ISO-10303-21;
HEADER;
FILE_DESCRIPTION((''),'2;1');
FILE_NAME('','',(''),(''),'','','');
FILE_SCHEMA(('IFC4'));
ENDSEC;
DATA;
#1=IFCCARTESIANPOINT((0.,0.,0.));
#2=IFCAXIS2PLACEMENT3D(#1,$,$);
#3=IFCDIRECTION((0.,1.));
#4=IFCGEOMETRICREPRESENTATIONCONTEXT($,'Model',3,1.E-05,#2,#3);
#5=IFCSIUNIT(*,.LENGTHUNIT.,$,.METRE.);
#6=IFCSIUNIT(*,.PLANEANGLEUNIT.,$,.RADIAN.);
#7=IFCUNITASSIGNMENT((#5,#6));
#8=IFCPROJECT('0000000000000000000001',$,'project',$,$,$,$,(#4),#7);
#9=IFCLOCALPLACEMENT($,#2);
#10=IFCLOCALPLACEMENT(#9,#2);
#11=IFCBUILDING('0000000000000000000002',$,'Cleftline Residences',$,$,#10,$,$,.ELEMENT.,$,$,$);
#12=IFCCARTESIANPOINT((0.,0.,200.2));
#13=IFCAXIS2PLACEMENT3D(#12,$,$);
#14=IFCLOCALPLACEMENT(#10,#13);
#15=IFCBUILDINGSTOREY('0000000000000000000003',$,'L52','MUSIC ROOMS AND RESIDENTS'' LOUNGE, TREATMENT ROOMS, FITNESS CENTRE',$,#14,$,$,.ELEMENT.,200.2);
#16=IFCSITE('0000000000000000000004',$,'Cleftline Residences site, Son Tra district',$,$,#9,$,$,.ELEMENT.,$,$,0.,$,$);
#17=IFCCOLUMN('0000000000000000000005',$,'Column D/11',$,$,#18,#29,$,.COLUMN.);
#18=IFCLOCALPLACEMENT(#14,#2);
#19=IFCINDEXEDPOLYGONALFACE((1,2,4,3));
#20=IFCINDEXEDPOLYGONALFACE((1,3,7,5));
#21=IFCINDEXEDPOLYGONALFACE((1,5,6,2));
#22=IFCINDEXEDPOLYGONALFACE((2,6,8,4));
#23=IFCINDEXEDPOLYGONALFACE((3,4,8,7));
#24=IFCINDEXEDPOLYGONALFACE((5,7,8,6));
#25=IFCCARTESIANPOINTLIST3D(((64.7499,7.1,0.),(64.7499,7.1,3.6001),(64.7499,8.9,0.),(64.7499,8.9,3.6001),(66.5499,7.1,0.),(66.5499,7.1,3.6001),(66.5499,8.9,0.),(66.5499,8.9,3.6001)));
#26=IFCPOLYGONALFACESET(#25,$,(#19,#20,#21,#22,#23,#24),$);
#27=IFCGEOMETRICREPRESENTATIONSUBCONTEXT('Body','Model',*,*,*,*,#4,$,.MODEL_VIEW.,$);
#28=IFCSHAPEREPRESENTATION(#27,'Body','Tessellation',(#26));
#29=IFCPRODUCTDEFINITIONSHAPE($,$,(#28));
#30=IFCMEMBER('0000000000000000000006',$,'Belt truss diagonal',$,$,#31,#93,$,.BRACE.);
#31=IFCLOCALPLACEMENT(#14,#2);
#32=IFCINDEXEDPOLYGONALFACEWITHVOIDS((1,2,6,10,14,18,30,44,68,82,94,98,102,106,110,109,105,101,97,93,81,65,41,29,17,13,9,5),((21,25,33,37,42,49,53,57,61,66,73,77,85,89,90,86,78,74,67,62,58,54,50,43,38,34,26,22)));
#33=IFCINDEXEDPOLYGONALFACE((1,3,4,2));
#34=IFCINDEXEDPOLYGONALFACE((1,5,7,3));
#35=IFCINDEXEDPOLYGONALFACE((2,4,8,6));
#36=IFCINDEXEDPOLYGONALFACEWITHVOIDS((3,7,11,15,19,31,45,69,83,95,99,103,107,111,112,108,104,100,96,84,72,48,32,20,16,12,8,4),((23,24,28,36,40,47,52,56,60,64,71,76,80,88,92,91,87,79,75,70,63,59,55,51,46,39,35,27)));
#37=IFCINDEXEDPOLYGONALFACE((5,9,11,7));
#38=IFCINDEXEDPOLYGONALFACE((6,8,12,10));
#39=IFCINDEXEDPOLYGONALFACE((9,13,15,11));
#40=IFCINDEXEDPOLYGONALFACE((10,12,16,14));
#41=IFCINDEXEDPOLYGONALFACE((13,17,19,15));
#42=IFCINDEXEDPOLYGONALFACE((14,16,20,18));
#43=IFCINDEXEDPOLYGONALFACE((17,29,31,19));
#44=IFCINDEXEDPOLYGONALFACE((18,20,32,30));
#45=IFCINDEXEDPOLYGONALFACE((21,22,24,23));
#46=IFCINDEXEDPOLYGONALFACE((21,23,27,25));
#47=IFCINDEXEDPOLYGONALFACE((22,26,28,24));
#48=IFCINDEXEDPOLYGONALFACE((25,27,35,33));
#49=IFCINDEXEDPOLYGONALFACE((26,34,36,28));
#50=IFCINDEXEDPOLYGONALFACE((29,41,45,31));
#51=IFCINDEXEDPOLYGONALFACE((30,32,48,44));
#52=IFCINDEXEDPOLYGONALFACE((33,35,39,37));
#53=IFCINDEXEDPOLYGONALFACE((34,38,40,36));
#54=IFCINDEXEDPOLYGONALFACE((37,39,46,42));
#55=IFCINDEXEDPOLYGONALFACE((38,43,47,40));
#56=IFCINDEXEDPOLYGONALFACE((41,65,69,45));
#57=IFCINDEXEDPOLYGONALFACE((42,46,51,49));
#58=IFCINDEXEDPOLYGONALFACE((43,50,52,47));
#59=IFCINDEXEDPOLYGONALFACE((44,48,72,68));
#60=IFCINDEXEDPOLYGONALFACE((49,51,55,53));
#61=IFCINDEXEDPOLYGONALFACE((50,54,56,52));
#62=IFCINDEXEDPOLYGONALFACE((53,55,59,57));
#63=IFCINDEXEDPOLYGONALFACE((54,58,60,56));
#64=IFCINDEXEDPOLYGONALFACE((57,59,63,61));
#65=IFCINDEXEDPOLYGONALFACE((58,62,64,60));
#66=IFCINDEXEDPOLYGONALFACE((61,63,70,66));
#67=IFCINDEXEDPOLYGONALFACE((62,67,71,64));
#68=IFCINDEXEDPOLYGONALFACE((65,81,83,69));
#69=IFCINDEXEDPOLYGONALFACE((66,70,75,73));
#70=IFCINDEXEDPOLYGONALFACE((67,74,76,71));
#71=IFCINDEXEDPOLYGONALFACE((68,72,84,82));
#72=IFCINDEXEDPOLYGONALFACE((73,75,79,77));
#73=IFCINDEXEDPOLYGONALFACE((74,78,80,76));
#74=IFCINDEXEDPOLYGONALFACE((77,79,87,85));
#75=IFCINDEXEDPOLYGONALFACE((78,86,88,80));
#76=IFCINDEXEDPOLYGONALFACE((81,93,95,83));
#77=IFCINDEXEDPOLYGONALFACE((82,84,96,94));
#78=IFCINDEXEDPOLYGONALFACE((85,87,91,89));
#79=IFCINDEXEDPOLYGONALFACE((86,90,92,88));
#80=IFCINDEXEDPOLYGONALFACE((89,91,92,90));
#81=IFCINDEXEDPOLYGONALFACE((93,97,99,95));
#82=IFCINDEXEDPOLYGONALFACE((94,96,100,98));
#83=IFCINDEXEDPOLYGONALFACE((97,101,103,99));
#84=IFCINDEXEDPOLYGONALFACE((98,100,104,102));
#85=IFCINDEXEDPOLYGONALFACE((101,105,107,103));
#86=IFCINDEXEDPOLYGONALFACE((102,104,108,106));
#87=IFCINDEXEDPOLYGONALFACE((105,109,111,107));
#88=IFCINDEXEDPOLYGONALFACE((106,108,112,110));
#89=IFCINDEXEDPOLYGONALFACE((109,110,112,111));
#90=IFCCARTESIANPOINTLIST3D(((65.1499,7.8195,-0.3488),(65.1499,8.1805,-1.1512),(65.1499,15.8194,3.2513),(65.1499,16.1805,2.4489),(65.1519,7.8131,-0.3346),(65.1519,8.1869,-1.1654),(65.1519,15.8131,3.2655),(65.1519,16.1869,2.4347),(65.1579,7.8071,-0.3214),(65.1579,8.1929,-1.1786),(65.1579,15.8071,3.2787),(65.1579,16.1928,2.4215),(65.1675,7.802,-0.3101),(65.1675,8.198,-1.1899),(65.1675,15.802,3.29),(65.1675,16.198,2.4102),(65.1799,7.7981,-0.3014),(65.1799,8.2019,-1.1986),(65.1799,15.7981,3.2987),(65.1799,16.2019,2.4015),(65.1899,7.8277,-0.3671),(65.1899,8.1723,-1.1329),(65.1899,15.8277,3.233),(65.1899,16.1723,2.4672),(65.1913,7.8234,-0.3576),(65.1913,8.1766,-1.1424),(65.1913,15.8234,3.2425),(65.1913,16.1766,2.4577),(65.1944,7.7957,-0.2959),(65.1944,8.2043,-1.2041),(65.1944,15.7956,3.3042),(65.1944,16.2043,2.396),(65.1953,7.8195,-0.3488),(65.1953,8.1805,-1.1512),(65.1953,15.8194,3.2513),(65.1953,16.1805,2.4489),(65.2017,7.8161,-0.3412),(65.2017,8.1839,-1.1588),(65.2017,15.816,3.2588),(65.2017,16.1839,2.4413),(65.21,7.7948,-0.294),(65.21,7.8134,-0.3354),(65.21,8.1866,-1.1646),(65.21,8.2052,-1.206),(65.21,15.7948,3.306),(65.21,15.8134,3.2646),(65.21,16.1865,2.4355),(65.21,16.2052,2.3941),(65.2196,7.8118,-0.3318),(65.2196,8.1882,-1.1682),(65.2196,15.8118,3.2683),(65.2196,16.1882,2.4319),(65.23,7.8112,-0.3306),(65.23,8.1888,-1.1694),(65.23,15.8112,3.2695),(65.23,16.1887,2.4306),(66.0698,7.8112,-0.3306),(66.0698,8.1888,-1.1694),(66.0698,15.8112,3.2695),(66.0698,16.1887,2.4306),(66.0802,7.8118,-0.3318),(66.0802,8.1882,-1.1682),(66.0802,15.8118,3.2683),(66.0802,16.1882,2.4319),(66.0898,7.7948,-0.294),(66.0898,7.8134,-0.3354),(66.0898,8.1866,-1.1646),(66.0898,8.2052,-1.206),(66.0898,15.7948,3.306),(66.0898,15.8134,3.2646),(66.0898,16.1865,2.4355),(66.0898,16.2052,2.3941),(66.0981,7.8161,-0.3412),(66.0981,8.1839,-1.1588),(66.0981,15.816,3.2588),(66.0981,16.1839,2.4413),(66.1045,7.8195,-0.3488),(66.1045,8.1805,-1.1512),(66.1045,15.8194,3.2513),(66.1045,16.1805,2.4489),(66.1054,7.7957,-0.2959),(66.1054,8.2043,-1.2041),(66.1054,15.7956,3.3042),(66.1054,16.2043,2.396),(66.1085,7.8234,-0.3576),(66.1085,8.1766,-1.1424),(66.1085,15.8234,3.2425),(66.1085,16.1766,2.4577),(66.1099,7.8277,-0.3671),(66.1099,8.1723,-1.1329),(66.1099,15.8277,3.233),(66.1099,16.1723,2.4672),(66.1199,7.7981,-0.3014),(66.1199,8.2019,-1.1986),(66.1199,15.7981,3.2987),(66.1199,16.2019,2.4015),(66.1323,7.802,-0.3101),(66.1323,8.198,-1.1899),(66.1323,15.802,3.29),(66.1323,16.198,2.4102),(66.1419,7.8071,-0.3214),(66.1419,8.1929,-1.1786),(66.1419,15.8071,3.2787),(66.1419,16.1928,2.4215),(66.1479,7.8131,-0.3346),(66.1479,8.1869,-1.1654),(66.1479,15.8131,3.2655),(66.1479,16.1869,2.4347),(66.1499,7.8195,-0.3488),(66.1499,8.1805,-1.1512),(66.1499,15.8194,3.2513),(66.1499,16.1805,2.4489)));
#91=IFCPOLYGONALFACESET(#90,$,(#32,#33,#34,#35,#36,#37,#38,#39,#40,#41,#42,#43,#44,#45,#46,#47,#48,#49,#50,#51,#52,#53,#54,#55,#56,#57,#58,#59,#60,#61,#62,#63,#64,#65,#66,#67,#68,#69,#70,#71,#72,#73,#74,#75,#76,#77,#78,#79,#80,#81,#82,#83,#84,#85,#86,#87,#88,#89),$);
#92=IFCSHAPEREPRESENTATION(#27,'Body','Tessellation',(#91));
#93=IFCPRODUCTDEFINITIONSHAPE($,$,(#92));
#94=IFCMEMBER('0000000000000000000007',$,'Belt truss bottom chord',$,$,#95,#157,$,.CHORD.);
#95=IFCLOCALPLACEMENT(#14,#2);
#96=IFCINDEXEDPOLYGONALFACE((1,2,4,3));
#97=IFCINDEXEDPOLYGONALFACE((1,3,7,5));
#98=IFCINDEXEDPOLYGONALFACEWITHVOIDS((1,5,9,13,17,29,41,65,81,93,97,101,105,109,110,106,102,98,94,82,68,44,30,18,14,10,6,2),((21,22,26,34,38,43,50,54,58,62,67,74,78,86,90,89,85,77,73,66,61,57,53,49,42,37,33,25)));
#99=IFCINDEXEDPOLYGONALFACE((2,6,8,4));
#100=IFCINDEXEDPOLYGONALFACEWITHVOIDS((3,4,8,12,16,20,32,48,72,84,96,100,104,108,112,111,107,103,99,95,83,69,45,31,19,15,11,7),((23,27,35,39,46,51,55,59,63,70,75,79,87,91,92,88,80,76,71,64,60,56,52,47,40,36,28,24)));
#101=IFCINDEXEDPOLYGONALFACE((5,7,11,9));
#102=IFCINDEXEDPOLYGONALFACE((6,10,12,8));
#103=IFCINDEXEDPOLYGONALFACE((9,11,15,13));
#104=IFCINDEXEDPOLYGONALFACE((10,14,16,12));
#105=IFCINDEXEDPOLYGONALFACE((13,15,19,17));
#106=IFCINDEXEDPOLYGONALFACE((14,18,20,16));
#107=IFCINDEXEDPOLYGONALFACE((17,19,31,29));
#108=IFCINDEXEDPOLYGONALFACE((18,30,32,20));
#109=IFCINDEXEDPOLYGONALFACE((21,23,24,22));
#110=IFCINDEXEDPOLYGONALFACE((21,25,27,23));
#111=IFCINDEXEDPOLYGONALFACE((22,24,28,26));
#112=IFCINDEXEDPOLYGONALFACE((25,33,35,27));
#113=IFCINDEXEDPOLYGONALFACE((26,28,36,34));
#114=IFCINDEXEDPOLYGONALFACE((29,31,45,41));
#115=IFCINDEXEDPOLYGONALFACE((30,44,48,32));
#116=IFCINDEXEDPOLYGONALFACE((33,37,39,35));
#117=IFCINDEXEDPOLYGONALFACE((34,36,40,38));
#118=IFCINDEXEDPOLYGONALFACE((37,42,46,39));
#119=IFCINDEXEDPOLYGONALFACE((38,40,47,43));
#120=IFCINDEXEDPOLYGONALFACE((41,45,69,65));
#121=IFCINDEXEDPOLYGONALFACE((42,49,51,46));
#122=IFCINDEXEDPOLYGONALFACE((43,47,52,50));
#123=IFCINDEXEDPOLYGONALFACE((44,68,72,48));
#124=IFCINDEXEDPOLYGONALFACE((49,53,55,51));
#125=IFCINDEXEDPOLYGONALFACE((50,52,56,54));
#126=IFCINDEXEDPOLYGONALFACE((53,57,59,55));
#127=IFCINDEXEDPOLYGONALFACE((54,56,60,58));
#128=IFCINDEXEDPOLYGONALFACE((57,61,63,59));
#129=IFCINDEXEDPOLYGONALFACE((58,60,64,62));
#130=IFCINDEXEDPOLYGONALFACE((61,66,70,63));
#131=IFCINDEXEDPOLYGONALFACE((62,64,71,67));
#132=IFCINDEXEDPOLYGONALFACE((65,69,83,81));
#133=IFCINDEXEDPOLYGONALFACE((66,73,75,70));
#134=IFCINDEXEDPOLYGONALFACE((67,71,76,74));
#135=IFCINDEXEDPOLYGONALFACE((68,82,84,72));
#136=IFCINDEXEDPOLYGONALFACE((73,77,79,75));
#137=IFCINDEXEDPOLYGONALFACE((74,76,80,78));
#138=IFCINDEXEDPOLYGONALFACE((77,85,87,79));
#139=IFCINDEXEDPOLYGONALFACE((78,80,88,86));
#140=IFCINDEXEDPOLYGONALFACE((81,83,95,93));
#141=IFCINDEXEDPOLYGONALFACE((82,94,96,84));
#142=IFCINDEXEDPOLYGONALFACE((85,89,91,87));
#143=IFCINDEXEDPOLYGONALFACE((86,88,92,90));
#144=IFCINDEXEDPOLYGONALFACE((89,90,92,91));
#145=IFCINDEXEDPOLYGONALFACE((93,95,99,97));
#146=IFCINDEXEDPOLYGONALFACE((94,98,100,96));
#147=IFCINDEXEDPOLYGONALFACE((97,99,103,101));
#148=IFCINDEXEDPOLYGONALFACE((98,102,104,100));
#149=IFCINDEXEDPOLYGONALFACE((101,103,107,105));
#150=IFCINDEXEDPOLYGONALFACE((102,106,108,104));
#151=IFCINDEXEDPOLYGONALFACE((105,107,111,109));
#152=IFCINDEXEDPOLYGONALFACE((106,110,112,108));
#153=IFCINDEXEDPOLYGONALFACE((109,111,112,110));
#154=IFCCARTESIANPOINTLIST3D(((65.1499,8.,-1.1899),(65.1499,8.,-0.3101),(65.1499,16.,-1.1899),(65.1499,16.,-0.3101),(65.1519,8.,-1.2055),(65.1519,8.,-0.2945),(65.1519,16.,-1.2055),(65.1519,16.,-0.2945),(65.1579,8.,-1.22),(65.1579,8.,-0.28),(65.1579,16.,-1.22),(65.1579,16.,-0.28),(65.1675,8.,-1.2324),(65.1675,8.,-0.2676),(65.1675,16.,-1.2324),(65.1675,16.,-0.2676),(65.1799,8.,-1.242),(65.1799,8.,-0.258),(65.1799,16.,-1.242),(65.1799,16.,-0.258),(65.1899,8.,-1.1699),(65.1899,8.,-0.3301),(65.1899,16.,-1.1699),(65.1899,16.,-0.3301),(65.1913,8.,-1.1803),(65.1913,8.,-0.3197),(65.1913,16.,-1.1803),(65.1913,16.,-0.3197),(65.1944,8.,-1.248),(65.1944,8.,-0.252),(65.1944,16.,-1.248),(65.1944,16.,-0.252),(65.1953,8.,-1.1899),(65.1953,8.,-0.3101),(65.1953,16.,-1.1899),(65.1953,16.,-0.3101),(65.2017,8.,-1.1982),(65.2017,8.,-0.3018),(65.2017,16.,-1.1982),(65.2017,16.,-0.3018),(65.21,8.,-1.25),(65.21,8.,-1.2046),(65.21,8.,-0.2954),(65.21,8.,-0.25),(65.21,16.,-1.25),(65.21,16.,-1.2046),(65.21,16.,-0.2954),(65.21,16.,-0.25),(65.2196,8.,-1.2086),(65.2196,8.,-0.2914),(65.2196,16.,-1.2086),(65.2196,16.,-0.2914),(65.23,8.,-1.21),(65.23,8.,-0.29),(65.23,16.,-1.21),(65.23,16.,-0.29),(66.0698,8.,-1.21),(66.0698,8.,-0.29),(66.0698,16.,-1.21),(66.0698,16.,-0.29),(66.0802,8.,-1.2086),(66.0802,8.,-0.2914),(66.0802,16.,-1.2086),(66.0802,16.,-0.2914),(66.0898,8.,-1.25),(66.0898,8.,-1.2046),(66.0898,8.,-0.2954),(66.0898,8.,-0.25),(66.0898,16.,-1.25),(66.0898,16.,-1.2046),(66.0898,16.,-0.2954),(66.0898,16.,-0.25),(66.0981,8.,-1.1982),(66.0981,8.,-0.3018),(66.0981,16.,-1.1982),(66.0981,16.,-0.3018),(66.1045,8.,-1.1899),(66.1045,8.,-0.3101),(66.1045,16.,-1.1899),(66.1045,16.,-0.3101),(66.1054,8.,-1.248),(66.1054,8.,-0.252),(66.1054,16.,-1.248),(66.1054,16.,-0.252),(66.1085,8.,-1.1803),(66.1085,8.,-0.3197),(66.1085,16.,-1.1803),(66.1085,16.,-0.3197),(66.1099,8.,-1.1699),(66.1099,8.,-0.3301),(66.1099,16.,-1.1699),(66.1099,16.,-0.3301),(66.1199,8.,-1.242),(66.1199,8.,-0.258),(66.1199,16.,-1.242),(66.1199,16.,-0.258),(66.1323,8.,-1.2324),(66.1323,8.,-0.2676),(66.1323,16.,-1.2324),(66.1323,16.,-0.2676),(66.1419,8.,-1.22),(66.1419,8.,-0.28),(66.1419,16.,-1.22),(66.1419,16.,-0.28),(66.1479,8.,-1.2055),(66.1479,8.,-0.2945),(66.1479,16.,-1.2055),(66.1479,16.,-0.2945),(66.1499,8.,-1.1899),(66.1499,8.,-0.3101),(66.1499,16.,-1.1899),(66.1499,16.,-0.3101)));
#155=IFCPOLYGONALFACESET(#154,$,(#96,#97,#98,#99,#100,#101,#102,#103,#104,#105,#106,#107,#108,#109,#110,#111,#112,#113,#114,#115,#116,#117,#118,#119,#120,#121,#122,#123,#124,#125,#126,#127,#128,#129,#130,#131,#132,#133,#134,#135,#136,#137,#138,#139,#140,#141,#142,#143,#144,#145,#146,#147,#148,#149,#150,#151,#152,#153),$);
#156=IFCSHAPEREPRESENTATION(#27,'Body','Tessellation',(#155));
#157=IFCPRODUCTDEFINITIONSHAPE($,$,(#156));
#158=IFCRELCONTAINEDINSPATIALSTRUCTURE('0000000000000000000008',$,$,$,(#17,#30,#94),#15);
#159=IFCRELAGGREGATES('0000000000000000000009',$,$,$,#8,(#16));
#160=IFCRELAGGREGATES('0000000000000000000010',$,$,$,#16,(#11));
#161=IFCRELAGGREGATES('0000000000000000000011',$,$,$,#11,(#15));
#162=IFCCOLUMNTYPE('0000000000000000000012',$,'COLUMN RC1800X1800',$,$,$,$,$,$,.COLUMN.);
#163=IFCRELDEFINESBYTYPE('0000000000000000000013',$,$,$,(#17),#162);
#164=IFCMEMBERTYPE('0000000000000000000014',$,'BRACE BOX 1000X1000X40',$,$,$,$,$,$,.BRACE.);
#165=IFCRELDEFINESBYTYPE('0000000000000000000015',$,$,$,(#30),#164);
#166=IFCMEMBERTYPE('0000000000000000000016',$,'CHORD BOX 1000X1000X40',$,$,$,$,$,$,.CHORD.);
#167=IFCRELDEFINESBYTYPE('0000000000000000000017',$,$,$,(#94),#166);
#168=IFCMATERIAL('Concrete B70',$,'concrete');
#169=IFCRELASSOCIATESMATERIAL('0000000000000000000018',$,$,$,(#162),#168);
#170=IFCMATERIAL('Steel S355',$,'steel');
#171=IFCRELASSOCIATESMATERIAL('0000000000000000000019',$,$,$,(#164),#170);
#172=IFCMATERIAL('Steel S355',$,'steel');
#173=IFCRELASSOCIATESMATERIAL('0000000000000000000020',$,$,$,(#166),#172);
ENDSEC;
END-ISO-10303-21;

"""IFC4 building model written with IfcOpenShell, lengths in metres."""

from ifc_helpers import new_model, si_unit, direction, frame, origin, origin_2d, place, context, subcontext, project, spatial, rectangle, hollow_rectangle, extrude, material, material_profile, profile_set, type_object, element, save


model = new_model("IFC4")

# Units and contexts
model_context = context("Model", 3, precision=1e-05, world=origin(), true_north=direction((0.0, 1.0)))
body_context = subcontext(model_context, "Body", "Model", "MODEL_VIEW")
ifc_project = project(units=[si_unit("LENGTHUNIT", "METRE"), si_unit("PLANEANGLEUNIT", "RADIAN")], contexts=[model_context])

# Site, building, storey
site_placement = place(None, origin())
site = spatial("IfcSite", under=ifc_project, at=site_placement, Name="Cleftline Residences site, Son Tra district", CompositionType="ELEMENT", RefElevation=0.0)
building_placement = place(site_placement, origin())
building = spatial("IfcBuilding", under=site, at=building_placement, Name="Cleftline Residences", CompositionType="ELEMENT")
storey_placement = place(building_placement, frame((0.0, 0.0, 200.2)))
storey = spatial("IfcBuildingStorey", under=building, at=storey_placement, Name="L52", Description="MUSIC ROOMS AND RESIDENTS' LOUNGE, TREATMENT ROOMS, FITNESS CENTRE", CompositionType="ELEMENT", Elevation=200.2)

# Column
ifc_material_1 = material(Name="Concrete B70", Category="concrete")
ifc_material_profile_1 = material_profile(ifc_material_1, rectangle(XDim=1.8, YDim=1.8, at=origin_2d()))
ifc_profile_set_1 = profile_set([ifc_material_profile_1], Name="Concrete B70")
column_type = type_object("IfcColumnType", Name="COLUMN RC1800X1800", PredefinedType="COLUMN", material=ifc_profile_set_1)
column_placement = place(storey_placement, frame((65.6499, 8.0, 0.0), z_axis=(0.0, 0.0, 1.0), x_axis=(1.0, 0.0, 0.0)))
element("IfcColumn", 1, at=column_placement, inside=storey, type_object=column_type, Name="Column D/11", PredefinedType="COLUMN", context=body_context, shape_type="SweptSolid", body=[
    extrude(rectangle(XDim=1.8, YDim=1.8, at=origin_2d()), origin(), (0.0, 0.0, 1.0), 3.6001),
])

# Members
ifc_material_2 = material(Name="Steel S355", Category="steel")
ifc_material_profile_2 = material_profile(ifc_material_2, hollow_rectangle(XDim=1.0, YDim=1.0, WallThickness=0.04, InnerFilletRadius=0.04, OuterFilletRadius=0.0601, at=origin_2d()))
ifc_profile_set_2 = profile_set([ifc_material_profile_2], Name="Steel S355")
member_type_1 = type_object("IfcMemberType", Name="BRACE BOX 1000X1000X40", PredefinedType="BRACE", material=ifc_profile_set_2)
member_1_placement = place(storey_placement, frame((65.6499, 8.0, -0.75), z_axis=(0.0, 0.911917, 0.410374), x_axis=(0.0, -0.410374, 0.911917)))
element("IfcMember", 2, at=member_1_placement, inside=storey, type_object=member_type_1, Name="Belt truss diagonal", PredefinedType="BRACE", context=body_context, shape_type="SweptSolid", body=[
    extrude(hollow_rectangle(XDim=1.0, YDim=1.0, WallThickness=0.04, InnerFilletRadius=0.04, OuterFilletRadius=0.0601, at=origin_2d()), origin(), (0.0, 0.0, 1.0), 8.7727),
])
ifc_material_3 = material(Name="Steel S355", Category="steel")
ifc_material_profile_3 = material_profile(ifc_material_3, hollow_rectangle(XDim=1.0, YDim=1.0, WallThickness=0.04, InnerFilletRadius=0.04, OuterFilletRadius=0.0601, at=origin_2d()))
ifc_profile_set_3 = profile_set([ifc_material_profile_3], Name="Steel S355")
member_type_2 = type_object("IfcMemberType", Name="CHORD BOX 1000X1000X40", PredefinedType="CHORD", material=ifc_profile_set_3)
for number, where, z_axis, x_axis, name in (
    (3, (65.6499, 8.0, -0.75), (0.0, 1.0, 0.0), (-1.0, 0.0, 0.0), "Belt truss bottom chord"),
):
    element("IfcMember", number, at=place(storey_placement, frame(where, z_axis=z_axis, x_axis=x_axis)), inside=storey, type_object=member_type_2, Name=name, PredefinedType="CHORD", context=body_context, shape_type="SweptSolid", body=[
        extrude(hollow_rectangle(XDim=1.0, YDim=1.0, WallThickness=0.04, InnerFilletRadius=0.04, OuterFilletRadius=0.0601, at=origin_2d()), origin(), (0.0, 0.0, 1.0), 8.0),
    ])

save(model, "model.ifc")
